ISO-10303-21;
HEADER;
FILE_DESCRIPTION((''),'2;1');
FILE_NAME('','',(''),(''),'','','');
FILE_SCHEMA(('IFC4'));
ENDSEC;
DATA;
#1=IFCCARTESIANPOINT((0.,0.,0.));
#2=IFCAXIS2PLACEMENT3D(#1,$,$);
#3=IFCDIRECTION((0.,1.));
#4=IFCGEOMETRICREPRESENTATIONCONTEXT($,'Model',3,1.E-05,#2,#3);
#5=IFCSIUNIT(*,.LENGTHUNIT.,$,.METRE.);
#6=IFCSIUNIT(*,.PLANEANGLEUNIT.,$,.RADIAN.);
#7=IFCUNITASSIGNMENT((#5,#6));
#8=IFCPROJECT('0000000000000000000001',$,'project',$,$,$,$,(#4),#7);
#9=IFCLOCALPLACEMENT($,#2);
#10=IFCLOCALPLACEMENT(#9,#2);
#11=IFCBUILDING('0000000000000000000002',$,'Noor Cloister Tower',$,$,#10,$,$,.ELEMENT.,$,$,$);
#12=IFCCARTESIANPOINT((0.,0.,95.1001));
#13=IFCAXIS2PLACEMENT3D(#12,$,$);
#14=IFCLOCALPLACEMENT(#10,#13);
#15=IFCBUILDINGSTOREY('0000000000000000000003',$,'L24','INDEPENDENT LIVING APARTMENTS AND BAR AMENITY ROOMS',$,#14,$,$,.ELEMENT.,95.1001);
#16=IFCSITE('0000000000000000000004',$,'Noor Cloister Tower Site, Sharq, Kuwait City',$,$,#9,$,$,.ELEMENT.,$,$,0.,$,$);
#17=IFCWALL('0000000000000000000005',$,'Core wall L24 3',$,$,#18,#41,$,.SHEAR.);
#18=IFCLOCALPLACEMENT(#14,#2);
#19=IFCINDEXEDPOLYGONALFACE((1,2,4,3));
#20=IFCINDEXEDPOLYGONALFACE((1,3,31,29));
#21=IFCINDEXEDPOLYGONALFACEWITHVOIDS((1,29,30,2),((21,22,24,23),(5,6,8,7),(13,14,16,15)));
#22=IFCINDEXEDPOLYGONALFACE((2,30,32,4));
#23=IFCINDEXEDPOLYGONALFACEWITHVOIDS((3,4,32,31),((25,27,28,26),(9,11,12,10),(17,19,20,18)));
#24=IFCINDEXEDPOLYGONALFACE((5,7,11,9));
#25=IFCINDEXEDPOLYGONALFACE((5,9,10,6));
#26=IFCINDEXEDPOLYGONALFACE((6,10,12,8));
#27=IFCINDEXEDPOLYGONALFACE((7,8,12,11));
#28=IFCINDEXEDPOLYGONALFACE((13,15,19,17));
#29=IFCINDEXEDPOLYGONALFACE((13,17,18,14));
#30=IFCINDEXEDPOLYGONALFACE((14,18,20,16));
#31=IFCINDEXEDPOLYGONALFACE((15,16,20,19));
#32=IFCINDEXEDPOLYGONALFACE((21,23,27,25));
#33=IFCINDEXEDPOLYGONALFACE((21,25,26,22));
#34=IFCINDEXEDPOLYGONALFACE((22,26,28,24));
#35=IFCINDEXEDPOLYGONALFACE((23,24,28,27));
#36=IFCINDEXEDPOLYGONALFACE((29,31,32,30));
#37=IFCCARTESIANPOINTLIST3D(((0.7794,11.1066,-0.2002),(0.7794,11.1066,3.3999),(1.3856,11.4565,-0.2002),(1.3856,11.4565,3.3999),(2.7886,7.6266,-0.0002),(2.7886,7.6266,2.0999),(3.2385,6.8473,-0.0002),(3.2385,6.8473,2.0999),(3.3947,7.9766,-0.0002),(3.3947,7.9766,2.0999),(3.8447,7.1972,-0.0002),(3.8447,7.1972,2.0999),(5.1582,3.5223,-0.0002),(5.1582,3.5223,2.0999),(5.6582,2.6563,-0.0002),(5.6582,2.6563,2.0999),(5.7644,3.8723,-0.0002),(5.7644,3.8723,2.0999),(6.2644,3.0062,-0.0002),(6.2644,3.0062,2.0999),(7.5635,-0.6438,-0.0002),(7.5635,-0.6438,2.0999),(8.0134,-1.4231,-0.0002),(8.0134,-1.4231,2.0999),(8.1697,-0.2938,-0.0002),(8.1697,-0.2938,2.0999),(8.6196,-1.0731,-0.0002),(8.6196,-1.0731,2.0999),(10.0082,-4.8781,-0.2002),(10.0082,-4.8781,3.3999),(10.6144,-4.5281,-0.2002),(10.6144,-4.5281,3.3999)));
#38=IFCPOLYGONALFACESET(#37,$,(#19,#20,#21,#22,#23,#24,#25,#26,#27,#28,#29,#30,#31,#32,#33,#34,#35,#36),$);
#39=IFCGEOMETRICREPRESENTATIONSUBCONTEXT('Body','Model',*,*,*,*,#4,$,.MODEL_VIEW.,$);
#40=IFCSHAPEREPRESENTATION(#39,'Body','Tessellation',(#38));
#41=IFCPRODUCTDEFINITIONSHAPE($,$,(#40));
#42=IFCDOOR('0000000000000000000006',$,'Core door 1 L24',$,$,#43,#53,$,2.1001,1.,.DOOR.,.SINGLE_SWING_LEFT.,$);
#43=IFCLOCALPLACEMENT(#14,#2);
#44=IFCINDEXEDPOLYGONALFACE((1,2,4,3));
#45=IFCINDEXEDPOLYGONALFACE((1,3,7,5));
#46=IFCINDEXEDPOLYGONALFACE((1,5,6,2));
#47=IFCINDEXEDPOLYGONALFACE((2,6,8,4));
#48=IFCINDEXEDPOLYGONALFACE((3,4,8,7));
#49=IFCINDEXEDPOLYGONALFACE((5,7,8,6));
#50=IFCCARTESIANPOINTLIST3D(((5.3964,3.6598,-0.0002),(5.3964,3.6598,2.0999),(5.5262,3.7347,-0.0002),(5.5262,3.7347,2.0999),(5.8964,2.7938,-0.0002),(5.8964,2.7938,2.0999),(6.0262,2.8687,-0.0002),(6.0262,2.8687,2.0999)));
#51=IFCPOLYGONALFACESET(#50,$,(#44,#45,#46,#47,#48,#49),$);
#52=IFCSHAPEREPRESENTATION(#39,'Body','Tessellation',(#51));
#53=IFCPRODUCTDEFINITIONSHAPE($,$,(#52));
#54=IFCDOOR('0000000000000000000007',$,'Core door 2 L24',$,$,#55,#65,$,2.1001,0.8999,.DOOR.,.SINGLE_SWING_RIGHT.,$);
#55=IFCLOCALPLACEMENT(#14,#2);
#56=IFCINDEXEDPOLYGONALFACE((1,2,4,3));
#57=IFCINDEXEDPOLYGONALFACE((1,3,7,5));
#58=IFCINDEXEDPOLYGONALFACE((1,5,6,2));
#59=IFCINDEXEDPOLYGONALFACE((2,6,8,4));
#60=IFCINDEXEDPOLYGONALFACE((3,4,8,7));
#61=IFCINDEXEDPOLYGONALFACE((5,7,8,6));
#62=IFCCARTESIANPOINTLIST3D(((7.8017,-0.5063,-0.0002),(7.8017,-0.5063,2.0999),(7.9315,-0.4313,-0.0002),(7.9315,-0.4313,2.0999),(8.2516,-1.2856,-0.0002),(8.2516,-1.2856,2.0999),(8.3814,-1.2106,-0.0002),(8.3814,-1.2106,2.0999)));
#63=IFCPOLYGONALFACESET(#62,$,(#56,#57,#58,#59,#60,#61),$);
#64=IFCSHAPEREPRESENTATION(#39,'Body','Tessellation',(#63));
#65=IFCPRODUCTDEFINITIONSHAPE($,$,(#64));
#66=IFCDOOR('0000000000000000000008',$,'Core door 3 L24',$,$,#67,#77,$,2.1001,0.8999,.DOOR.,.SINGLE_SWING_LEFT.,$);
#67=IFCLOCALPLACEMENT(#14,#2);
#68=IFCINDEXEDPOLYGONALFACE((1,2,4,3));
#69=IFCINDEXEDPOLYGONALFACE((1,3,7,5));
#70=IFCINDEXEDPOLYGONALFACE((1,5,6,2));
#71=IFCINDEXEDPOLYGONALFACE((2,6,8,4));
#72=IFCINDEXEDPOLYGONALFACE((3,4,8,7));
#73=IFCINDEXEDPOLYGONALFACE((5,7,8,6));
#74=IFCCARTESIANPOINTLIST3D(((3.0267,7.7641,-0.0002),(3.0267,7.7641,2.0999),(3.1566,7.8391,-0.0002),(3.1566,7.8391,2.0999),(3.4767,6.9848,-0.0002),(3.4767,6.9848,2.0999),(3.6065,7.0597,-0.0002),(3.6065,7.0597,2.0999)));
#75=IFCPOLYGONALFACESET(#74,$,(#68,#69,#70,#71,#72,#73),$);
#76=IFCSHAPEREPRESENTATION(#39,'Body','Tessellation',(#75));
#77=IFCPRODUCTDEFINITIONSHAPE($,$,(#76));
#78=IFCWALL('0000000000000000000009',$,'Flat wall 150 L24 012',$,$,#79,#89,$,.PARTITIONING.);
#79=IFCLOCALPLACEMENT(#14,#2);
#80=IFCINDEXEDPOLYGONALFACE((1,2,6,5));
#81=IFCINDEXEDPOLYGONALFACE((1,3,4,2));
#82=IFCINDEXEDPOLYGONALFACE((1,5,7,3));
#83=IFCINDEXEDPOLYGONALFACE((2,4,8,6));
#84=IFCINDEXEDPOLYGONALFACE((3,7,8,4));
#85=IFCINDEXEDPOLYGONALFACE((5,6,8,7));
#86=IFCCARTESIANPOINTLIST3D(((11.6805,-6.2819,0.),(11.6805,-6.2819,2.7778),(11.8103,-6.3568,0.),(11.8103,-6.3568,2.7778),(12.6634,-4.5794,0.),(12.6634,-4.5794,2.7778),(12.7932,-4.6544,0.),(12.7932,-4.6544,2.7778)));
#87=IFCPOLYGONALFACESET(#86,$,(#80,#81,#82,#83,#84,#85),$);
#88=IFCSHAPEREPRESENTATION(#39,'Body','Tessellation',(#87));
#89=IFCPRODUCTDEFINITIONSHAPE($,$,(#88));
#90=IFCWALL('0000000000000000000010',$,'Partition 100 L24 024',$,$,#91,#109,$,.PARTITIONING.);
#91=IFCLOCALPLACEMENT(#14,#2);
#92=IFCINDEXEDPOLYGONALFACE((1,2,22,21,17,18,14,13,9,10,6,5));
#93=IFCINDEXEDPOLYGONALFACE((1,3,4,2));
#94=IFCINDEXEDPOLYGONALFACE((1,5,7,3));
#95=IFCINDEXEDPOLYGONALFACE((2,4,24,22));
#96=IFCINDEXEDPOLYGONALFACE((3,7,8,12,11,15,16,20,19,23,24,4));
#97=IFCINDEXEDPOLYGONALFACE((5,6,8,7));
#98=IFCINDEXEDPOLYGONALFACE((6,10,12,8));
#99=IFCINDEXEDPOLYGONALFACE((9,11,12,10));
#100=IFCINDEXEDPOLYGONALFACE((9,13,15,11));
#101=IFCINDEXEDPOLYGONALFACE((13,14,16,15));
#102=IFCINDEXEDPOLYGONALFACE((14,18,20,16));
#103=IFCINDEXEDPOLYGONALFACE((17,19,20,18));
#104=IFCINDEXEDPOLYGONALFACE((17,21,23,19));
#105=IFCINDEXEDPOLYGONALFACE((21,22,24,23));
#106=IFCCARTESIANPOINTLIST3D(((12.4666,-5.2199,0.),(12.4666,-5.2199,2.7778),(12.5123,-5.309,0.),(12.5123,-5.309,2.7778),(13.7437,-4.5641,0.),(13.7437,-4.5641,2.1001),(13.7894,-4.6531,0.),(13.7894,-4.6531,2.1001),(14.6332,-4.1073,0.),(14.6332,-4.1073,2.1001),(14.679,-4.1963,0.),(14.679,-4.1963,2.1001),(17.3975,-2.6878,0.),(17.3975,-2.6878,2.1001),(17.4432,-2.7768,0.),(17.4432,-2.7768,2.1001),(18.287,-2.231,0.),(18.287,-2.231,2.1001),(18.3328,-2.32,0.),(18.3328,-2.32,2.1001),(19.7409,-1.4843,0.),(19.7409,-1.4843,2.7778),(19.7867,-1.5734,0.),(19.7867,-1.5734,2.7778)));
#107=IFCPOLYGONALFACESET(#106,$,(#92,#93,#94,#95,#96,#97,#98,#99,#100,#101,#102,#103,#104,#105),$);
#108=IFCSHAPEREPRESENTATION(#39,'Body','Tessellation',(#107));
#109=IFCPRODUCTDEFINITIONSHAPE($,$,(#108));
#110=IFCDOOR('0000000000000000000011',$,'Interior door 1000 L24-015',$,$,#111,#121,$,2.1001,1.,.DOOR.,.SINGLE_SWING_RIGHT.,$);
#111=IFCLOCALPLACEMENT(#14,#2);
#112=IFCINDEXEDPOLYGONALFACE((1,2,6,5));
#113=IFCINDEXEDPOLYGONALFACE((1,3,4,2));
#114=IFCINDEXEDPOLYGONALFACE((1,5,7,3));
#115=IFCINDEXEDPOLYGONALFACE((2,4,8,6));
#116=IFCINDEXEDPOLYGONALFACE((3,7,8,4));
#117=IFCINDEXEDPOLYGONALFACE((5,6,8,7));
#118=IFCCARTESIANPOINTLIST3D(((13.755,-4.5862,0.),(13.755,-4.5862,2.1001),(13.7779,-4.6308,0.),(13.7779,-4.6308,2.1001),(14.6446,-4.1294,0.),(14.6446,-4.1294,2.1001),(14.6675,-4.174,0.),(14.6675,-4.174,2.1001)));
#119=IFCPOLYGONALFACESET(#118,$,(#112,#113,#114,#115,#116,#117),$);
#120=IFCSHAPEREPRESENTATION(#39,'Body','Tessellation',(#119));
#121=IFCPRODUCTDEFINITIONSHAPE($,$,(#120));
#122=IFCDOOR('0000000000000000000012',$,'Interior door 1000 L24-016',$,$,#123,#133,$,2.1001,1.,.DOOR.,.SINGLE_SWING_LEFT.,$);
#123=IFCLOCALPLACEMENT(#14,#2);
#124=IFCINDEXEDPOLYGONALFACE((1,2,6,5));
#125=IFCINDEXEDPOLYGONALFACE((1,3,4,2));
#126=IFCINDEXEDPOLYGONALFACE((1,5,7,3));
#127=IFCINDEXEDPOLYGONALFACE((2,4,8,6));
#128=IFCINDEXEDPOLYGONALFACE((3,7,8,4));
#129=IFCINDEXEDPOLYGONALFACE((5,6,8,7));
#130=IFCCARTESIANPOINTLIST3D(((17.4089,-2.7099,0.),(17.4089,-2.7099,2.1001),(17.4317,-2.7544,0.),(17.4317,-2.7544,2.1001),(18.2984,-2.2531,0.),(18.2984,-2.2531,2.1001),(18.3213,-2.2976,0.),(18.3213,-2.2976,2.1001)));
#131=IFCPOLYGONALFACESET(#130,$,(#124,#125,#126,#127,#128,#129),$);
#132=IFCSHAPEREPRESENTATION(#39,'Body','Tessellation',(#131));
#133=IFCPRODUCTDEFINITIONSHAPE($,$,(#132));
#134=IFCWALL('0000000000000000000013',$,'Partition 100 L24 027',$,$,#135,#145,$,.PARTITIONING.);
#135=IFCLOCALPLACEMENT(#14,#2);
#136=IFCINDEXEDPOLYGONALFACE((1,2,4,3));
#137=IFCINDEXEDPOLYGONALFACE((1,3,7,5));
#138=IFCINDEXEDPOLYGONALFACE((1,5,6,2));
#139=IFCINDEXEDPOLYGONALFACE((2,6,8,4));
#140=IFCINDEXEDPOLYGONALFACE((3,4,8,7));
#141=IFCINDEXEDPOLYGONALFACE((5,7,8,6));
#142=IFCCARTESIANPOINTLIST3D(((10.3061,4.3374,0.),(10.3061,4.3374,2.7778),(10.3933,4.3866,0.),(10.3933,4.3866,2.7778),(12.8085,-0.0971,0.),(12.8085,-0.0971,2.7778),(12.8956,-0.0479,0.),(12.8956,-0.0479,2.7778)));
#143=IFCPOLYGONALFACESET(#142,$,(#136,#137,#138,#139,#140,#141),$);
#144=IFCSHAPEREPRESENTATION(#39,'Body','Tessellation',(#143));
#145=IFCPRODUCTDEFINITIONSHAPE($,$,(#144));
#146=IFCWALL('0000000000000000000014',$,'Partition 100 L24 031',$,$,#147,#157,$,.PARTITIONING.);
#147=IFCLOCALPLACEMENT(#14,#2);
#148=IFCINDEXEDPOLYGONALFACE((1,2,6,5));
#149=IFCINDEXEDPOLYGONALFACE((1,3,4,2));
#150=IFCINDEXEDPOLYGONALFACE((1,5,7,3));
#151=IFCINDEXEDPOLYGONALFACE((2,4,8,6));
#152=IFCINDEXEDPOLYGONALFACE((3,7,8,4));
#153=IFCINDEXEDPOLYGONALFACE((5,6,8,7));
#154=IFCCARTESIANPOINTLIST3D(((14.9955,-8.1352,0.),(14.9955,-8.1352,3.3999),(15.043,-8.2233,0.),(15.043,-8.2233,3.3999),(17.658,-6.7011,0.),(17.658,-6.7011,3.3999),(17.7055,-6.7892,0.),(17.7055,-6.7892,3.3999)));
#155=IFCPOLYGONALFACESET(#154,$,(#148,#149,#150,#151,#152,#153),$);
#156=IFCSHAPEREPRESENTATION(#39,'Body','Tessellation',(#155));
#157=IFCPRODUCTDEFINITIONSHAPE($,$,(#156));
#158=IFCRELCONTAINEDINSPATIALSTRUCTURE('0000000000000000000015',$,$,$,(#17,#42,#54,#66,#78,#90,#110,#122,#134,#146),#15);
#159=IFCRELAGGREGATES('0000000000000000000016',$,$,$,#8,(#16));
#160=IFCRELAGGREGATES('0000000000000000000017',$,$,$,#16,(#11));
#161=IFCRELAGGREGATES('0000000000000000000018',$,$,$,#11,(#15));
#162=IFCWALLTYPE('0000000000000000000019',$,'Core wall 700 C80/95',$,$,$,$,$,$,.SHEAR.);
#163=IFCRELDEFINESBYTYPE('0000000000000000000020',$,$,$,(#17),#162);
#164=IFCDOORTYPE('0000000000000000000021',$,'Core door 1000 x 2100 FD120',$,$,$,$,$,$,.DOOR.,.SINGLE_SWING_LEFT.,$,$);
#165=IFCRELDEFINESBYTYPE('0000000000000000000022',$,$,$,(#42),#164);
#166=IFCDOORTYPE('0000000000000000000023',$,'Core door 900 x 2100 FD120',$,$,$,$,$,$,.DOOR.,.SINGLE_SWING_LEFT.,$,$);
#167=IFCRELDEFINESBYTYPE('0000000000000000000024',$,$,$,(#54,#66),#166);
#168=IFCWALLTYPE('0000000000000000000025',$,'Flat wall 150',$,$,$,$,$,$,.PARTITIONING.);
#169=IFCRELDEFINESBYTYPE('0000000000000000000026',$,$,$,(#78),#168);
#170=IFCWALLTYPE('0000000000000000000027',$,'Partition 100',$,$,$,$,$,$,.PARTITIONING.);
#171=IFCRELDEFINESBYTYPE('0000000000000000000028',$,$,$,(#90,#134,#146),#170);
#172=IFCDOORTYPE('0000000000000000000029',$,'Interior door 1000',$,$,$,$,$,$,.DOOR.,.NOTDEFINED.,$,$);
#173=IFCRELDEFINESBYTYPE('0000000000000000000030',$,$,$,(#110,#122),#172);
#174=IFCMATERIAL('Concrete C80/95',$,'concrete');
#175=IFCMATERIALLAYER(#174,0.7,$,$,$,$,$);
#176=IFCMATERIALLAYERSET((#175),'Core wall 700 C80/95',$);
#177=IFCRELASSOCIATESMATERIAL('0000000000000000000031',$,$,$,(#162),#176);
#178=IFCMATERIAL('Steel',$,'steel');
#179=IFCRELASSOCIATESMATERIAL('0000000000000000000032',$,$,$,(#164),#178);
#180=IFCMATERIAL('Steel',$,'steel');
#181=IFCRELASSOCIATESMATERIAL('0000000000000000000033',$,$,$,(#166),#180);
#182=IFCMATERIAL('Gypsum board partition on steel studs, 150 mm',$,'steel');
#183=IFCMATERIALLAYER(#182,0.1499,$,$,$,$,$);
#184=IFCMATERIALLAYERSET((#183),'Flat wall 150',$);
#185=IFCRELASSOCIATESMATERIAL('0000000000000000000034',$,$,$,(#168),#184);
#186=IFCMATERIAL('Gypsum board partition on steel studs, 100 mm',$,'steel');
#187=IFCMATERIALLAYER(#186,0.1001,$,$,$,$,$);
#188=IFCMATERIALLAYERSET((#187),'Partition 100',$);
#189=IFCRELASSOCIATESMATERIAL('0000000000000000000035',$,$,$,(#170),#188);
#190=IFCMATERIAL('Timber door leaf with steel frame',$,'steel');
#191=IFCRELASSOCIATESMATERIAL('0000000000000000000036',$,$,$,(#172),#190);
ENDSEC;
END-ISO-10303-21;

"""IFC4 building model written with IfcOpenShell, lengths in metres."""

from ifc_helpers import new_model, si_unit, direction, frame, frame_2d, origin, place, context, subcontext, project, spatial, rectangle, extrude, material, layer, layer_set, type_object, element, fill, save


model = new_model("IFC4")

# Units and contexts
model_context = context("Model", 3, precision=1e-05, world=origin(), true_north=direction((0.0, 1.0)))
body_context = subcontext(model_context, "Body", "Model", "MODEL_VIEW")
ifc_project = project(units=[si_unit("LENGTHUNIT", "METRE"), si_unit("PLANEANGLEUNIT", "RADIAN")], contexts=[model_context])

# Site, building, storey
site_placement = place(None, origin())
site = spatial("IfcSite", under=ifc_project, at=site_placement, Name="Noor Cloister Tower Site, Sharq, Kuwait City", CompositionType="ELEMENT", RefElevation=0.0)
building_placement = place(site_placement, origin())
building = spatial("IfcBuilding", under=site, at=building_placement, Name="Noor Cloister Tower", CompositionType="ELEMENT")
storey_placement = place(building_placement, frame((0.0, 0.0, 95.1001)))
storey = spatial("IfcBuildingStorey", under=building, at=storey_placement, Name="L24", Description="INDEPENDENT LIVING APARTMENTS AND BAR AMENITY ROOMS", CompositionType="ELEMENT", Elevation=95.1001)

# Wall, openings, doors
ifc_material_1 = material(Name="Concrete C80/95", Category="concrete")
ifc_layer_1 = layer(ifc_material_1, 0.7)
ifc_layer_set_1 = layer_set([ifc_layer_1], Name="Core wall 700 C80/95")
wall_type_1 = type_object("IfcWallType", Name="Core wall 700 C80/95", PredefinedType="SHEAR", material=ifc_layer_set_1)
wall_1_placement = place(storey_placement, frame((10.3113, -4.7031, -0.2002), z_axis=(0.0, 0.0, 1.0), x_axis=(-0.500001, 0.866025, 0.0)))
wall_1 = element("IfcWall", 1, at=wall_1_placement, inside=storey, type_object=wall_type_1, Name="Core wall L24 3", PredefinedType="SHEAR", context=body_context, shape_type="SweptSolid", body=[
    extrude(rectangle(XDim=18.4575, YDim=0.7, at=frame_2d((9.2288, 0.0))), origin(), (0.0, 0.0, 1.0), 3.6001),
])
opening_1_placement = place(wall_1_placement, frame((8.7, 0.0, 0.2)))
opening_1 = element("IfcOpeningElement", 2, at=opening_1_placement, cuts=wall_1, PredefinedType="OPENING", context=body_context, shape_type="SweptSolid", body=[
    extrude(rectangle(XDim=1.0, YDim=2.1001, at=frame_2d((0.5, 1.05))), frame((0.0, 0.3599, 0.0), z_axis=(0.0, -1.0, 0.0), x_axis=(1.0, 0.0, 0.0)), (0.0, 0.0, 1.0), 0.72),
])
opening_2_placement = place(wall_1_placement, frame((3.9895, 0.0, 0.2)))
opening_2 = element("IfcOpeningElement", 3, at=opening_2_placement, cuts=wall_1, PredefinedType="OPENING", context=body_context, shape_type="SweptSolid", body=[
    extrude(rectangle(XDim=0.8999, YDim=2.1001, at=frame_2d((0.45, 1.05))), frame((0.0, 0.3599, 0.0), z_axis=(0.0, -1.0, 0.0), x_axis=(1.0, 0.0, 0.0)), (0.0, 0.0, 1.0), 0.72),
])
opening_3_placement = place(wall_1_placement, frame((13.5393, 0.0, 0.2)))
opening_3 = element("IfcOpeningElement", 4, at=opening_3_placement, cuts=wall_1, PredefinedType="OPENING", context=body_context, shape_type="SweptSolid", body=[
    extrude(rectangle(XDim=0.8999, YDim=2.1001, at=frame_2d((0.45, 1.05))), frame((0.0, 0.3599, 0.0), z_axis=(0.0, -1.0, 0.0), x_axis=(1.0, 0.0, 0.0)), (0.0, 0.0, 1.0), 0.72),
])
ifc_material_2 = material(Name="Steel", Category="steel")
door_type_1 = type_object("IfcDoorType", Name="Core door 1000 x 2100 FD120", OperationType="SINGLE_SWING_LEFT", PredefinedType="DOOR", material=ifc_material_2)
door_1_placement = place(opening_1_placement, origin())
door_1 = element("IfcDoor", 5, at=door_1_placement, inside=storey, type_object=door_type_1, Name="Core door 1 L24", OperationType="SINGLE_SWING_LEFT", OverallHeight=2.1001, OverallWidth=1.0, PredefinedType="DOOR", context=body_context, shape_type="SweptSolid", body=[
    extrude(rectangle(XDim=1.0, YDim=2.1001, at=frame_2d((0.5, 1.05))), frame((0.0, 0.075, 0.0), z_axis=(0.0, -1.0, 0.0), x_axis=(1.0, 0.0, 0.0)), (0.0, 0.0, 1.0), 0.1499),
])
fill(opening_1, door_1)
ifc_material_3 = material(Name="Steel", Category="steel")
door_type_2 = type_object("IfcDoorType", Name="Core door 900 x 2100 FD120", OperationType="SINGLE_SWING_LEFT", PredefinedType="DOOR", material=ifc_material_3)
door_2_placement = place(opening_2_placement, origin())
door_2 = element("IfcDoor", 6, at=door_2_placement, inside=storey, type_object=door_type_2, Name="Core door 2 L24", OperationType="SINGLE_SWING_RIGHT", OverallHeight=2.1001, OverallWidth=0.8999, PredefinedType="DOOR", context=body_context, shape_type="SweptSolid", body=[
    extrude(rectangle(XDim=0.8999, YDim=2.1001, at=frame_2d((0.45, 1.05))), frame((0.0, 0.075, 0.0), z_axis=(0.0, -1.0, 0.0), x_axis=(1.0, 0.0, 0.0)), (0.0, 0.0, 1.0), 0.1499),
])
fill(opening_2, door_2)
door_3_placement = place(opening_3_placement, origin())
door_3 = element("IfcDoor", 7, at=door_3_placement, inside=storey, type_object=door_type_2, Name="Core door 3 L24", OperationType="SINGLE_SWING_LEFT", OverallHeight=2.1001, OverallWidth=0.8999, PredefinedType="DOOR", context=body_context, shape_type="SweptSolid", body=[
    extrude(rectangle(XDim=0.8999, YDim=2.1001, at=frame_2d((0.45, 1.05))), frame((0.0, 0.075, 0.0), z_axis=(0.0, -1.0, 0.0), x_axis=(1.0, 0.0, 0.0)), (0.0, 0.0, 1.0), 0.1499),
])
fill(opening_3, door_3)

# Wall
ifc_material_4 = material(Name="Gypsum board partition on steel studs, 150 mm", Category="steel")
ifc_layer_2 = layer(ifc_material_4, 0.1499)
ifc_layer_set_2 = layer_set([ifc_layer_2], Name="Flat wall 150")
wall_type_2 = type_object("IfcWallType", Name="Flat wall 150", PredefinedType="PARTITIONING", material=ifc_layer_set_2)
wall_2_placement = place(storey_placement, frame((11.7454, -6.3193, 0.0), z_axis=(0.0, 0.0, 1.0), x_axis=(0.500013, 0.866018, 0.0)))
element("IfcWall", 8, at=wall_2_placement, inside=storey, type_object=wall_type_2, Name="Flat wall 150 L24 012", PredefinedType="PARTITIONING", context=body_context, shape_type="SweptSolid", body=[
    extrude(rectangle(XDim=1.9658, YDim=0.1499, at=frame_2d((0.9829, 0.0))), origin(), (0.0, 0.0, 1.0), 2.7778),
])

# Wall, openings, doors
ifc_material_5 = material(Name="Gypsum board partition on steel studs, 100 mm", Category="steel")
ifc_layer_3 = layer(ifc_material_5, 0.1001)
ifc_layer_set_3 = layer_set([ifc_layer_3], Name="Partition 100")
wall_type_3 = type_object("IfcWallType", Name="Partition 100", PredefinedType="PARTITIONING", material=ifc_layer_set_3)
wall_3_placement = place(storey_placement, frame((19.7639, -1.5288, 0.0), z_axis=(0.0, 0.0, 1.0), x_axis=(-0.889563, -0.456813, 0.0)))
wall_3 = element("IfcWall", 9, at=wall_3_placement, inside=storey, type_object=wall_type_3, Name="Partition 100 L24 024", PredefinedType="PARTITIONING", context=body_context, shape_type="SweptSolid", body=[
    extrude(rectangle(XDim=8.1775, YDim=0.1001, at=frame_2d((4.0889, 0.0))), origin(), (0.0, 0.0, 1.0), 2.7778),
])
opening_4_placement = place(wall_3_placement, frame((5.7419, 0.0, 0.0)))
opening_4 = element("IfcOpeningElement", 10, at=opening_4_placement, cuts=wall_3, PredefinedType="OPENING", context=body_context, shape_type="SweptSolid", body=[
    extrude(rectangle(XDim=1.0, YDim=2.1001, at=frame_2d((0.5, 1.05))), frame((0.0, 0.0601, 0.0), z_axis=(0.0, -1.0, 0.0), x_axis=(1.0, 0.0, 0.0)), (0.0, 0.0, 1.0), 0.1201),
])
opening_5_placement = place(wall_3_placement, frame((1.6345, 0.0, 0.0)))
opening_5 = element("IfcOpeningElement", 11, at=opening_5_placement, cuts=wall_3, PredefinedType="OPENING", context=body_context, shape_type="SweptSolid", body=[
    extrude(rectangle(XDim=1.0, YDim=2.1001, at=frame_2d((0.5, 1.05))), frame((0.0, 0.0601, 0.0), z_axis=(0.0, -1.0, 0.0), x_axis=(1.0, 0.0, 0.0)), (0.0, 0.0, 1.0), 0.1201),
])
ifc_material_6 = material(Name="Timber door leaf with steel frame", Category="steel")
door_type_3 = type_object("IfcDoorType", Name="Interior door 1000", OperationType="NOTDEFINED", PredefinedType="DOOR", material=ifc_material_6)
door_4_placement = place(opening_4_placement, origin())
door_4 = element("IfcDoor", 12, at=door_4_placement, inside=storey, type_object=door_type_3, Name="Interior door 1000 L24-015", OperationType="SINGLE_SWING_RIGHT", OverallHeight=2.1001, OverallWidth=1.0, PredefinedType="DOOR", context=body_context, shape_type="SweptSolid", body=[
    extrude(rectangle(XDim=1.0, YDim=2.1001, at=frame_2d((0.5, 1.05))), frame((0.0, 0.0249, 0.0), z_axis=(0.0, -1.0, 0.0), x_axis=(1.0, 0.0, 0.0)), (0.0, 0.0, 1.0), 0.05),
])
fill(opening_4, door_4)
door_5_placement = place(opening_5_placement, origin())
door_5 = element("IfcDoor", 13, at=door_5_placement, inside=storey, type_object=door_type_3, Name="Interior door 1000 L24-016", OperationType="SINGLE_SWING_LEFT", OverallHeight=2.1001, OverallWidth=1.0, PredefinedType="DOOR", context=body_context, shape_type="SweptSolid", body=[
    extrude(rectangle(XDim=1.0, YDim=2.1001, at=frame_2d((0.5, 1.05))), frame((0.0, 0.0249, 0.0), z_axis=(0.0, -1.0, 0.0), x_axis=(1.0, 0.0, 0.0)), (0.0, 0.0, 1.0), 0.05),
])
fill(opening_5, door_5)

# Walls
wall_4_placement = place(storey_placement, frame((12.8521, -0.0725, 0.0), z_axis=(0.0, 0.0, 1.0), x_axis=(-0.491454, 0.870904, 0.0)))
element("IfcWall", 14, at=wall_4_placement, inside=storey, type_object=wall_type_3, Name="Partition 100 L24 027", PredefinedType="PARTITIONING", context=body_context, shape_type="SweptSolid", body=[
    extrude(rectangle(XDim=5.0918, YDim=0.1001, at=frame_2d((2.5459, 0.0))), origin(), (0.0, 0.0, 1.0), 2.7778),
])
wall_5_placement = place(storey_placement, frame((17.6819, -6.7451, 0.0), z_axis=(0.0, 0.0, 1.0), x_axis=(-0.880419, -0.474196, 0.0)))
element("IfcWall", 15, at=wall_5_placement, inside=storey, type_object=wall_type_3, Name="Partition 100 L24 031", PredefinedType="PARTITIONING", context=body_context, shape_type="SweptSolid", body=[
    extrude(rectangle(XDim=3.0242, YDim=0.1001, at=frame_2d((1.5122, 0.0))), origin(), (0.0, 0.0, 1.0), 3.3999),
])

save(model, "model.ifc")
